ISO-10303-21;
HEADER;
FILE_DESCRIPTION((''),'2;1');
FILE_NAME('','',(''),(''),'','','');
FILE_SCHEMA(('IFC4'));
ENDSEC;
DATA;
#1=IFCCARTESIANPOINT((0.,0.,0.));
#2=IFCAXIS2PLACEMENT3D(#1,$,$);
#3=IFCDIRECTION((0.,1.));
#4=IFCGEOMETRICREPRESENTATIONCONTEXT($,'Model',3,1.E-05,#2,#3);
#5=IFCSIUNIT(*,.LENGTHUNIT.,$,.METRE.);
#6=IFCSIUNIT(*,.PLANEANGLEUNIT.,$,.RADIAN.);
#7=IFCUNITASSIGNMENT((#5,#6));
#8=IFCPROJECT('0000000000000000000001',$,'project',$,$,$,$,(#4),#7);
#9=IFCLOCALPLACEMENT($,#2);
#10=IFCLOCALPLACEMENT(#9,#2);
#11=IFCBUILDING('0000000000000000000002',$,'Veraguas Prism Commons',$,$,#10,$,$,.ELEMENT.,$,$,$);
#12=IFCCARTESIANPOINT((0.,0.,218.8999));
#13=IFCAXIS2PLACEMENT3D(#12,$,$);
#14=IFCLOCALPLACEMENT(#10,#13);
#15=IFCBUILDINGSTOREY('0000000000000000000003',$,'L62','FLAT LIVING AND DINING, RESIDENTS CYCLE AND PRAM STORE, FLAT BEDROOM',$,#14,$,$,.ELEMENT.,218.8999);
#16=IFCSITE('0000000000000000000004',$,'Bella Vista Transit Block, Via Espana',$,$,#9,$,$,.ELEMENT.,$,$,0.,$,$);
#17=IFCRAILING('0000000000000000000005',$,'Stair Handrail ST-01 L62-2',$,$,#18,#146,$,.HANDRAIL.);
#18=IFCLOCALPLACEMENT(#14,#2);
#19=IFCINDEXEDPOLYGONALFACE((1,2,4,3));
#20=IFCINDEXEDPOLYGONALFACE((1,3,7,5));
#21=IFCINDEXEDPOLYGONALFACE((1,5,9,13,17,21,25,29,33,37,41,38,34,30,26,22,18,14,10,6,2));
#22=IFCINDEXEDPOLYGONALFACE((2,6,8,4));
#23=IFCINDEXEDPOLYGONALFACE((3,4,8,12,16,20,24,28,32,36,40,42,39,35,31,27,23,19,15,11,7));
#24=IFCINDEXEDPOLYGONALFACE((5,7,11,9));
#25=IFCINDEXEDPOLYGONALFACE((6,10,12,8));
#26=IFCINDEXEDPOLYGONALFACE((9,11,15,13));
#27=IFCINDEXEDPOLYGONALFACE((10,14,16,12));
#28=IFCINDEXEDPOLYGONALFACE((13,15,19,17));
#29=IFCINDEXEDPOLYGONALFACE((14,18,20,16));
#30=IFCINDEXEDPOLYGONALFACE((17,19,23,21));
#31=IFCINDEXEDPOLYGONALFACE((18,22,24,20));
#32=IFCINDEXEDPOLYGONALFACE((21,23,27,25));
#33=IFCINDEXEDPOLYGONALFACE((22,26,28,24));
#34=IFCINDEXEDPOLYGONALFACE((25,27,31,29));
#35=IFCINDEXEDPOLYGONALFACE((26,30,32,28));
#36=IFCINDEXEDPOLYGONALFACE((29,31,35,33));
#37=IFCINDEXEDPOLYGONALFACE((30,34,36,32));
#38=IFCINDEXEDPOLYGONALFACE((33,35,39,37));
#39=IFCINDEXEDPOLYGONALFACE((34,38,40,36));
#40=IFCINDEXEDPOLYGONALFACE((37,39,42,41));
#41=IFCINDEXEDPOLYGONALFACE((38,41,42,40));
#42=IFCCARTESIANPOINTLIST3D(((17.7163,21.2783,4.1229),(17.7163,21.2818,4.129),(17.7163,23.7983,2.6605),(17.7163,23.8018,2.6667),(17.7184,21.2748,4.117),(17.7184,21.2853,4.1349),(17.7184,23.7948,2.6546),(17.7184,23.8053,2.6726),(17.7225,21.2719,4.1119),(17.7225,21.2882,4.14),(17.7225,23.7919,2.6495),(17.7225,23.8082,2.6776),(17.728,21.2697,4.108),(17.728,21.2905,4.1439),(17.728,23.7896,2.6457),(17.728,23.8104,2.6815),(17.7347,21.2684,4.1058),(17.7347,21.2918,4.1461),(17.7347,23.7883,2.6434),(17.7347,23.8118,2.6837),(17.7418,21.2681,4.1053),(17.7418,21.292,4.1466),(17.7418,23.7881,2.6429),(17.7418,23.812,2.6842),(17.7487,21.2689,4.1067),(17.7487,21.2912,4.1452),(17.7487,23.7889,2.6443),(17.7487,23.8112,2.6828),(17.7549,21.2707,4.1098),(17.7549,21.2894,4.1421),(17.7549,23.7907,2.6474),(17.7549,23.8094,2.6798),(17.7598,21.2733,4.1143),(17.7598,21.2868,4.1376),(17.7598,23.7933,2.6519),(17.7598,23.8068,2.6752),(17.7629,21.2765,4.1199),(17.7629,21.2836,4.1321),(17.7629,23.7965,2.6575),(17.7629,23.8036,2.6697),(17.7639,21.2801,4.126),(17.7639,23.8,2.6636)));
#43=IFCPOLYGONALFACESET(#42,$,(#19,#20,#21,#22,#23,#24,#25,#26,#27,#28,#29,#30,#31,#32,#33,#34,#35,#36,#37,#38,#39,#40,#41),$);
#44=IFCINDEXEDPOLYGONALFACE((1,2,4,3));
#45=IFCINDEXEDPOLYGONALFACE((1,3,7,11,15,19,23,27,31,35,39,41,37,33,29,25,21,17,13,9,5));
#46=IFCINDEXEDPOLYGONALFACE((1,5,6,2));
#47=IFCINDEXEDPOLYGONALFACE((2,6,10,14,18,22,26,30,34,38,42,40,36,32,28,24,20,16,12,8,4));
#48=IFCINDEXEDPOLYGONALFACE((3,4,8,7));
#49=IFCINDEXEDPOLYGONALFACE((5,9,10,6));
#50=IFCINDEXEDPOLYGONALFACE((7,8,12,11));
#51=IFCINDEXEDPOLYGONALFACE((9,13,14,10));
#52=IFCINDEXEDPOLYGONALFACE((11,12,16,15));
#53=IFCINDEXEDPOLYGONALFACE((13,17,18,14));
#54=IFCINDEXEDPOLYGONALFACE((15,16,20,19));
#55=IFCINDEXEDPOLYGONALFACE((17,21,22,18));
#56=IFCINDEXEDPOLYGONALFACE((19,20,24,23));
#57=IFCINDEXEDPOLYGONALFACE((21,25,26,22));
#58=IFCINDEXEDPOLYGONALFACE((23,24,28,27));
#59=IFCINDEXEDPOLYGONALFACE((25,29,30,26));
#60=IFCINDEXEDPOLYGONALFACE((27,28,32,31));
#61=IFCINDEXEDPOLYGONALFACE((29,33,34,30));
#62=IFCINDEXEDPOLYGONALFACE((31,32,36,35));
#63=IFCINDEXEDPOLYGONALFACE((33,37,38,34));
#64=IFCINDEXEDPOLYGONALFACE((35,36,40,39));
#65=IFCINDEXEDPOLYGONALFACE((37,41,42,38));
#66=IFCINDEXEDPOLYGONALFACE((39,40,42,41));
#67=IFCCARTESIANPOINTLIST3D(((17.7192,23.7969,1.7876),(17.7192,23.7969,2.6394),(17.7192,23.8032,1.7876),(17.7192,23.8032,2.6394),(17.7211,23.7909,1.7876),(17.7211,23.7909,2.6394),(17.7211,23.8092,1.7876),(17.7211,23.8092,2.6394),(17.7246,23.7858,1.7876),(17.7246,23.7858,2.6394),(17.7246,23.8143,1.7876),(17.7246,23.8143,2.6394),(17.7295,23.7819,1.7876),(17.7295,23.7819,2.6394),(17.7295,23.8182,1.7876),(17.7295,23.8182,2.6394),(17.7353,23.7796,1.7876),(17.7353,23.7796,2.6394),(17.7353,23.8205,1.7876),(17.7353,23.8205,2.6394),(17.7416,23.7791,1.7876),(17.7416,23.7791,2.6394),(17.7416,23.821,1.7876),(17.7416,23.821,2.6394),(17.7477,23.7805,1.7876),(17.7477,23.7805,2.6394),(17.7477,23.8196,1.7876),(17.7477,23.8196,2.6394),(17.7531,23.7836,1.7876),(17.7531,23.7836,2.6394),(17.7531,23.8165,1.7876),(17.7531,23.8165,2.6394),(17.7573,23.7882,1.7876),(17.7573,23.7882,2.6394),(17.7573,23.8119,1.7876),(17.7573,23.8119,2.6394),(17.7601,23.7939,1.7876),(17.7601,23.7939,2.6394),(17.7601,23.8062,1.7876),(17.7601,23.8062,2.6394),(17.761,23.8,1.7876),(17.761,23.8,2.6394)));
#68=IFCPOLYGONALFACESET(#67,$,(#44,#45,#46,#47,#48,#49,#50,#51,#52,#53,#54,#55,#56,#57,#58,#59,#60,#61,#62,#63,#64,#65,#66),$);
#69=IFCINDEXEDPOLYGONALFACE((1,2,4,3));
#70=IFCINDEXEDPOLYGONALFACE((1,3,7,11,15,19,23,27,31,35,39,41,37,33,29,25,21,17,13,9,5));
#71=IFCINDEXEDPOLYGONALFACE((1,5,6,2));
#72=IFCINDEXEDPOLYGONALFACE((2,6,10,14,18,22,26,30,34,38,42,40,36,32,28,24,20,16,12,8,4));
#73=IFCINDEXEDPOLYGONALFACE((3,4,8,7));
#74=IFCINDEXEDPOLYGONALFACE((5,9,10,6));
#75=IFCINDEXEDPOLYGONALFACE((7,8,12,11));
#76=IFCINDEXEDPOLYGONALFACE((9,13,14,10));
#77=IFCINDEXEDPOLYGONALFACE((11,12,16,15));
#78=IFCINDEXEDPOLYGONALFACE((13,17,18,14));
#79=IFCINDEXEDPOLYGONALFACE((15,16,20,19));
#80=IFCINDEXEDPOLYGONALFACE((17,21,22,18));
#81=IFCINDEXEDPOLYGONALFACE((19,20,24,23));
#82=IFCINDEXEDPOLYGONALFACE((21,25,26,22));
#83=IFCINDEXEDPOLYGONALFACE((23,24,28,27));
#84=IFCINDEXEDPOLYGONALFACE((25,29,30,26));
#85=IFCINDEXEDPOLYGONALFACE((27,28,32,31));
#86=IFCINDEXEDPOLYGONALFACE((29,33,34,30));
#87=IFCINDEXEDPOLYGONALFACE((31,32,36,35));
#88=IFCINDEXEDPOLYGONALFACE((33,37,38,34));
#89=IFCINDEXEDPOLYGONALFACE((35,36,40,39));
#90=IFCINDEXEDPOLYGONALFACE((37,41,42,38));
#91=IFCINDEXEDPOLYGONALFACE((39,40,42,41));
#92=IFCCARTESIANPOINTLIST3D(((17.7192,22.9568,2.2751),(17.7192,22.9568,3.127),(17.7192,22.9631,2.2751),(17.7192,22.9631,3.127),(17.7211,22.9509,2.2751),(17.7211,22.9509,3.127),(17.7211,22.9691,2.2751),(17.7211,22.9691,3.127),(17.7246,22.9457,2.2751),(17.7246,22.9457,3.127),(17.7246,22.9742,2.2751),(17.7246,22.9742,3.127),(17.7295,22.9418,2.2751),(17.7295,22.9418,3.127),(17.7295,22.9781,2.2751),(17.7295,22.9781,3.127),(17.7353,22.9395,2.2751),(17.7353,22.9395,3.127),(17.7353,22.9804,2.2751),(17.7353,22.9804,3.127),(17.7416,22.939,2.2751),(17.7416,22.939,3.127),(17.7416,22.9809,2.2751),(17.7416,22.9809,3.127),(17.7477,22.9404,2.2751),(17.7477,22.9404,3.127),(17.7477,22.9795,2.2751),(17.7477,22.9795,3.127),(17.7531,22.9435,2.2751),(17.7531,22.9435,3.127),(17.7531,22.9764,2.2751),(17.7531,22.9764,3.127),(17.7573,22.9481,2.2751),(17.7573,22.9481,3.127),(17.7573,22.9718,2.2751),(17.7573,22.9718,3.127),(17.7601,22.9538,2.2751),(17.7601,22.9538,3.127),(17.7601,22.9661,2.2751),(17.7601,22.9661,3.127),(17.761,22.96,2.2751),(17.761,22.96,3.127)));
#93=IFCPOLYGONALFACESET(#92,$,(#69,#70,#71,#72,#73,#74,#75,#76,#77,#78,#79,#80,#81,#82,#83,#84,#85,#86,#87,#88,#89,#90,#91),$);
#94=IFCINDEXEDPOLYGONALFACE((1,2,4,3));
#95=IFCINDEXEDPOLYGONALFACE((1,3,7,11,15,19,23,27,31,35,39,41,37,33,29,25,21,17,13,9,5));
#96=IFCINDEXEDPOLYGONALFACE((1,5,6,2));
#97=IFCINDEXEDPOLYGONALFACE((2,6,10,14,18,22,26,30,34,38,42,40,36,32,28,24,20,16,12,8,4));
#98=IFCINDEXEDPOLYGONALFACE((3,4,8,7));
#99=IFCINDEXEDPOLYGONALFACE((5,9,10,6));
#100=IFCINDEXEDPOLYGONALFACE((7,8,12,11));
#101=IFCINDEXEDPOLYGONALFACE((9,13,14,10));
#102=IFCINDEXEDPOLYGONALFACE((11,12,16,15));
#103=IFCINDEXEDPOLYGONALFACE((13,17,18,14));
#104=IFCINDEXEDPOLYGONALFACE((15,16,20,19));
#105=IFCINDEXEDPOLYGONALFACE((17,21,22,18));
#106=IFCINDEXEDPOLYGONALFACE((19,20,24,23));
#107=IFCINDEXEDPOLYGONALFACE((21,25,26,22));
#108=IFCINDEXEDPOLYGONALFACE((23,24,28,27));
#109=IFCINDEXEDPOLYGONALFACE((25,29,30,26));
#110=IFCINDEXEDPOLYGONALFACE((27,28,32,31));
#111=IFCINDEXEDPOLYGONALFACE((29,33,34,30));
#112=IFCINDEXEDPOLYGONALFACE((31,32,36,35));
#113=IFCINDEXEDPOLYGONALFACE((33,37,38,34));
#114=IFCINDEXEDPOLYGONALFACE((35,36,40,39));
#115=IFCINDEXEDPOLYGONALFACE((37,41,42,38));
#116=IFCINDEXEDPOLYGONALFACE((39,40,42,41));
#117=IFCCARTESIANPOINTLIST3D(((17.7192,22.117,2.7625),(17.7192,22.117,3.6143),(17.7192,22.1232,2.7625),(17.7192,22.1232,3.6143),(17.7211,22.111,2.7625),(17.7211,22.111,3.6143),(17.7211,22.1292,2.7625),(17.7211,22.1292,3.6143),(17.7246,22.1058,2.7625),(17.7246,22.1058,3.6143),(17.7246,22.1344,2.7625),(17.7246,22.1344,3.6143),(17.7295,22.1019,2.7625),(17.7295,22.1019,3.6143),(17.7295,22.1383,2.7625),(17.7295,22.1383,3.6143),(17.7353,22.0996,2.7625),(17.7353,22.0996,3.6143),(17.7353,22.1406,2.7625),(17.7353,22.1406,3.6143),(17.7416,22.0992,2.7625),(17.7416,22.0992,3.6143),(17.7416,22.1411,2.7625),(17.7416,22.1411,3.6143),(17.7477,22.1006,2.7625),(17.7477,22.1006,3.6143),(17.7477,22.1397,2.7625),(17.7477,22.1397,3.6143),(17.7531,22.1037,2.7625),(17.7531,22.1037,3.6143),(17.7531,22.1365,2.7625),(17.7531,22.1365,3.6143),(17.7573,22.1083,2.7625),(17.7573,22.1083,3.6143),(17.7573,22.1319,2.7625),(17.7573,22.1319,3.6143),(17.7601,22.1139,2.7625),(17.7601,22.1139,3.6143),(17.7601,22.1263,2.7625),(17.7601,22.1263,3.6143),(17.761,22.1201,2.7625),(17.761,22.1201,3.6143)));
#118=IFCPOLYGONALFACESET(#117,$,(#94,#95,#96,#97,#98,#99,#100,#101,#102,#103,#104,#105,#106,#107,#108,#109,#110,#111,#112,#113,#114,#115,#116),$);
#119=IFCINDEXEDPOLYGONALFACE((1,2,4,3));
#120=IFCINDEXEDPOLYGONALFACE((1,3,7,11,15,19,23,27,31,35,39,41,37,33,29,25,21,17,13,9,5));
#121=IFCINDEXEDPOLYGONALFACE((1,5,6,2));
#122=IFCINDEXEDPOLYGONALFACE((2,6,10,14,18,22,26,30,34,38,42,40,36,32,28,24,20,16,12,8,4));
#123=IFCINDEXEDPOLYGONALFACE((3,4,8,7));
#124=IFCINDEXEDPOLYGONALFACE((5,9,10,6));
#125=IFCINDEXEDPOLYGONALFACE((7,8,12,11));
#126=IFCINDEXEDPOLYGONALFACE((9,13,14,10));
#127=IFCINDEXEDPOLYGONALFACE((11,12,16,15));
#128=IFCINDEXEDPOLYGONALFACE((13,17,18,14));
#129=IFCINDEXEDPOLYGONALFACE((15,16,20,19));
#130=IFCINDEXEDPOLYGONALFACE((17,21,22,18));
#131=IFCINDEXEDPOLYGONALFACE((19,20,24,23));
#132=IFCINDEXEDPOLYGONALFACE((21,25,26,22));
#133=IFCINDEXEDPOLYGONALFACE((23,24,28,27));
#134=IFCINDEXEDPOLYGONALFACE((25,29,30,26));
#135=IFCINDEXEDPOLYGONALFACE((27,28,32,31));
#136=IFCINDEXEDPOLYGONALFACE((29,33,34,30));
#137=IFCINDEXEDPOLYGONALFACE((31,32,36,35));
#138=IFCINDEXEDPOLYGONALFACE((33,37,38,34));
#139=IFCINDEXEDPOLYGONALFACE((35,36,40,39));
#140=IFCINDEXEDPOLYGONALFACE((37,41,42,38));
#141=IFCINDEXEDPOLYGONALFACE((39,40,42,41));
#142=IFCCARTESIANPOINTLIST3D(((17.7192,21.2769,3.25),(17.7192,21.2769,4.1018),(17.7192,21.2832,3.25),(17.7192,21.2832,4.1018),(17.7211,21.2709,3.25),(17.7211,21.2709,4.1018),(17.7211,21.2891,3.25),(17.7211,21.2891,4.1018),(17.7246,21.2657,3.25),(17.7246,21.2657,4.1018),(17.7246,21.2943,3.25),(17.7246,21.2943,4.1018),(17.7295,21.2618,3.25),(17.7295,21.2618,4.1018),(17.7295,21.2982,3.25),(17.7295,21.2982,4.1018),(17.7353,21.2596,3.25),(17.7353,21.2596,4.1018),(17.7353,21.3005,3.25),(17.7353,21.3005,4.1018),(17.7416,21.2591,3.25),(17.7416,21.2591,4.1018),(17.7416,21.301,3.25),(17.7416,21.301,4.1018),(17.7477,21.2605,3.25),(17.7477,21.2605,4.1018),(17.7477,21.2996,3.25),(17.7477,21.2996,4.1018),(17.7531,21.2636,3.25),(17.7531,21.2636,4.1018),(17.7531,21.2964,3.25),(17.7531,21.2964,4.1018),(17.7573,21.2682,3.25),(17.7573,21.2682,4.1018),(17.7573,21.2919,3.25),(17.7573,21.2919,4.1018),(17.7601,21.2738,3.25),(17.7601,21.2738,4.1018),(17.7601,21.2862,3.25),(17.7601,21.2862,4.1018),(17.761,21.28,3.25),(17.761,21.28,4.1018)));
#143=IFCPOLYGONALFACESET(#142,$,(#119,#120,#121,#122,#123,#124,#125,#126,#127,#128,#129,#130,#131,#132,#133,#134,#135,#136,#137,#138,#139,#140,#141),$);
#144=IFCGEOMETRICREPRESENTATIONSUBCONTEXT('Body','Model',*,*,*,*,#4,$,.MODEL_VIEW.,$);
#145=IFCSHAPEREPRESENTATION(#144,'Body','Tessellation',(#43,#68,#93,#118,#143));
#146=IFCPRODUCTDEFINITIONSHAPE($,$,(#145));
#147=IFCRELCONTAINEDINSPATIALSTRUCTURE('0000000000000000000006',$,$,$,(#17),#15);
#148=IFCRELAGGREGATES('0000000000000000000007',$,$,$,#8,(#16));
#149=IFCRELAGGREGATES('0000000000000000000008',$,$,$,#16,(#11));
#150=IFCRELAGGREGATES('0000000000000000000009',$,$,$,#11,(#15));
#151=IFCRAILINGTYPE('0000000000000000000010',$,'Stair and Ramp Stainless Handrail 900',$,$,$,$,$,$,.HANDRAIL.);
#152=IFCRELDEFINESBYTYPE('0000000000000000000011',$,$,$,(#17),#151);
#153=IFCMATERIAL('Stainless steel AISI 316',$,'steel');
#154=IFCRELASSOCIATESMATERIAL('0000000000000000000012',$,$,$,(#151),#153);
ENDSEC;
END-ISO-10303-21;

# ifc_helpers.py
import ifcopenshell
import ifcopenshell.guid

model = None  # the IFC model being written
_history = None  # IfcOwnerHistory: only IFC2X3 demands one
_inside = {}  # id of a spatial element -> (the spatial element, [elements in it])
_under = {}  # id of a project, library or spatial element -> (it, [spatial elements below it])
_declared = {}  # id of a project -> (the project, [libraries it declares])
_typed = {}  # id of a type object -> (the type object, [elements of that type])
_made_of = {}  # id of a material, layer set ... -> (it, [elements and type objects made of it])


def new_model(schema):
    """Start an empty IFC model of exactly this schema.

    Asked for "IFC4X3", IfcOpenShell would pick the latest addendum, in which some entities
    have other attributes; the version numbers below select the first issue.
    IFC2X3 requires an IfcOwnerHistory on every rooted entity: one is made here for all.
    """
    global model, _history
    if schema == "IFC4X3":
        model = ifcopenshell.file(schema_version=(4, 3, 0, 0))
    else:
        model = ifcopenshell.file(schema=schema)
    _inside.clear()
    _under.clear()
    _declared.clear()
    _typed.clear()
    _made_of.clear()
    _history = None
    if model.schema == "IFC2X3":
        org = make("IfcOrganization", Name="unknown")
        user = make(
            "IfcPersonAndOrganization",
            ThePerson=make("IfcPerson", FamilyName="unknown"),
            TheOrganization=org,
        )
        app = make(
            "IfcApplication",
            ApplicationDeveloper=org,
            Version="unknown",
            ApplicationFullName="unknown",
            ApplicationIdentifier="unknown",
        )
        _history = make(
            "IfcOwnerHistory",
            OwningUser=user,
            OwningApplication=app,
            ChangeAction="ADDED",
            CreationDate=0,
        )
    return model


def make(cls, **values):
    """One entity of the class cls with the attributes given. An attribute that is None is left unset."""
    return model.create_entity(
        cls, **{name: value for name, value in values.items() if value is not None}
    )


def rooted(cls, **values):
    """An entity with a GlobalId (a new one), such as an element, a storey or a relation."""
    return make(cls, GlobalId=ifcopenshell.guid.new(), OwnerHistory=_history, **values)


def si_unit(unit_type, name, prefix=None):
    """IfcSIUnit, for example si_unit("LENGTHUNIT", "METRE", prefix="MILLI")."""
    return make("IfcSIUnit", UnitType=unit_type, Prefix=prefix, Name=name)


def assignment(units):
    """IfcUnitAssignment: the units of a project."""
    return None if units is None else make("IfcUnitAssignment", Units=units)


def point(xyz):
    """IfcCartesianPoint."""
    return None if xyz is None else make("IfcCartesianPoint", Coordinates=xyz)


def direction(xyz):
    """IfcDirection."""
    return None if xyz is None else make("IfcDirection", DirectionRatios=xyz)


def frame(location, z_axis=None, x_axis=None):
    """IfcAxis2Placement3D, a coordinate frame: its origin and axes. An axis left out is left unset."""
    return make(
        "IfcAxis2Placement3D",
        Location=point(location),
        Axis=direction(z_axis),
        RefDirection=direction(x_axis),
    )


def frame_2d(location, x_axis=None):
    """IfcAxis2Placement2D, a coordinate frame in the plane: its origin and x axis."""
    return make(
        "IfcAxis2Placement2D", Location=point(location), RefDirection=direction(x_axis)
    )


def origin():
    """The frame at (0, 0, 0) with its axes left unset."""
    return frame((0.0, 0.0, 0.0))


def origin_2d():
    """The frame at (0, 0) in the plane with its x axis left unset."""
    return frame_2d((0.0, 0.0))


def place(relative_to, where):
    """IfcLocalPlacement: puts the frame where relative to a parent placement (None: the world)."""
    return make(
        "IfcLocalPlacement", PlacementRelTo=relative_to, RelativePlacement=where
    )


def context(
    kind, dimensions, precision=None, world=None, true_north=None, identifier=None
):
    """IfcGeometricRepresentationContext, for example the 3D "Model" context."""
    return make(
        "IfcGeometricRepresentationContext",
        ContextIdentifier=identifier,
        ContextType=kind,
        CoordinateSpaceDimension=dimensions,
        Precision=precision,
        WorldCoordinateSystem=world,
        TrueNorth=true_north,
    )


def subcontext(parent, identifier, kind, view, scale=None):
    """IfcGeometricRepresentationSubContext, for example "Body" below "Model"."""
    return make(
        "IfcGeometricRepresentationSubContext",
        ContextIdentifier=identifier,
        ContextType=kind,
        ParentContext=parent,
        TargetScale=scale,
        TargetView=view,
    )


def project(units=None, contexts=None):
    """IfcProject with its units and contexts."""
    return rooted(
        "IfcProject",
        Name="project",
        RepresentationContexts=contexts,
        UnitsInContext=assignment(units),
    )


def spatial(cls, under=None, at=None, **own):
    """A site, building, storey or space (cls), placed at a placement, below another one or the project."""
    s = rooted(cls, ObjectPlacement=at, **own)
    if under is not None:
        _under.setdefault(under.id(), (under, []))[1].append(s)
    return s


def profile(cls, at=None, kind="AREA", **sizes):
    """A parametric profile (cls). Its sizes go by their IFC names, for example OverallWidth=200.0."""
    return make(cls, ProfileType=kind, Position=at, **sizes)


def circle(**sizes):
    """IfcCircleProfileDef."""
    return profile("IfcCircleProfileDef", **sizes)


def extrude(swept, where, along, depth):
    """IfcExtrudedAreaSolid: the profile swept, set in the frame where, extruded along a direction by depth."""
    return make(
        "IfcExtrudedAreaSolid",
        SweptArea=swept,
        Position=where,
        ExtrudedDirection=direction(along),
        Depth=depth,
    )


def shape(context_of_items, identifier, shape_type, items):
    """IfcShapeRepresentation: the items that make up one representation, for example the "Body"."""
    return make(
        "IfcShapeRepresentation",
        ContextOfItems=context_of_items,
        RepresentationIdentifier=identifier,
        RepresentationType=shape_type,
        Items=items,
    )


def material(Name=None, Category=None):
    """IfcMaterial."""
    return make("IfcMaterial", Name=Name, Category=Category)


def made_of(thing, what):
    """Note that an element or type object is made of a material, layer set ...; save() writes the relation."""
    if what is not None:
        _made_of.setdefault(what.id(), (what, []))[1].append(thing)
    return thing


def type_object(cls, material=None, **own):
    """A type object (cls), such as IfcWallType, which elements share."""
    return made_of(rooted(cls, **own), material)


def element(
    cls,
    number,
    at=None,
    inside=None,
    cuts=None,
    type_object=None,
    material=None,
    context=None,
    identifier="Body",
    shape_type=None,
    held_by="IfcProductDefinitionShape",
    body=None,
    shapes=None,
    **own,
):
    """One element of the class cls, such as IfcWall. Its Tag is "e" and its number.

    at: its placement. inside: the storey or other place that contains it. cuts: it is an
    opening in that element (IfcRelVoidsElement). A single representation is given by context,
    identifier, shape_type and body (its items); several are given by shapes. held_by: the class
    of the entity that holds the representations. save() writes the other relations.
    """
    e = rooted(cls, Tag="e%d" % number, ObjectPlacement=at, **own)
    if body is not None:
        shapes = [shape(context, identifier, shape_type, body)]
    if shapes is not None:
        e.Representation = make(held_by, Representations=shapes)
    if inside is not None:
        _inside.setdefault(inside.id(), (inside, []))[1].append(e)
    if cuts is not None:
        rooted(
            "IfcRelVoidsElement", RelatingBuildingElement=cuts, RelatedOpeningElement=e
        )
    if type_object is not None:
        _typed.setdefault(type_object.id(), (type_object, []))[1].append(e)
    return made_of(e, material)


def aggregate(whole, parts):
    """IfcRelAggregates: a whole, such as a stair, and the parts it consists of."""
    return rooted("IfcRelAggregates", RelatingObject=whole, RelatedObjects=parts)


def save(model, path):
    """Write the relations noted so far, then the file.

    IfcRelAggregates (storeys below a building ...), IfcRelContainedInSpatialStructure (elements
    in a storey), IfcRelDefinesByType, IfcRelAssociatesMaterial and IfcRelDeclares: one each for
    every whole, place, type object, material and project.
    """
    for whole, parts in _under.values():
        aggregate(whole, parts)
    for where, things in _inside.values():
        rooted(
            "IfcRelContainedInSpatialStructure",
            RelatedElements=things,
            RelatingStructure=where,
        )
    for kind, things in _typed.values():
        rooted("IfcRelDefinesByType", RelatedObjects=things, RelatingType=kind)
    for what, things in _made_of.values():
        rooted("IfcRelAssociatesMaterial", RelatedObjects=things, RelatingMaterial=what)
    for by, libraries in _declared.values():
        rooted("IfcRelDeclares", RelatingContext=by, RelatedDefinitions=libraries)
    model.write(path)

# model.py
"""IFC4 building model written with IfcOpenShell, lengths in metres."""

from ifc_helpers import new_model, si_unit, direction, frame, origin, origin_2d, place, context, subcontext, project, spatial, circle, extrude, material, type_object, element, save


model = new_model("IFC4")

# Units and contexts
model_context = context("Model", 3, precision=1e-05, world=origin(), true_north=direction((0.0, 1.0)))
body_context = subcontext(model_context, "Body", "Model", "MODEL_VIEW")
ifc_project = project(units=[si_unit("LENGTHUNIT", "METRE"), si_unit("PLANEANGLEUNIT", "RADIAN")], contexts=[model_context])

# Site, building, storey
site_placement = place(None, origin())
site = spatial("IfcSite", under=ifc_project, at=site_placement, Name="Bella Vista Transit Block, Via Espana", CompositionType="ELEMENT", RefElevation=0.0)
building_placement = place(site_placement, origin())
building = spatial("IfcBuilding", under=site, at=building_placement, Name="Veraguas Prism Commons", CompositionType="ELEMENT")
storey_placement = place(building_placement, frame((0.0, 0.0, 218.8999)))
storey = spatial("IfcBuildingStorey", under=building, at=storey_placement, Name="L62", Description="FLAT LIVING AND DINING, RESIDENTS CYCLE AND PRAM STORE, FLAT BEDROOM", CompositionType="ELEMENT", Elevation=218.8999)

# Shared definitions
ifc_material_1 = material(Name="Stainless steel AISI 316", Category="steel")

# Railing
railing_type_1 = type_object("IfcRailingType", Name="Stair and Ramp Stainless Handrail 900", PredefinedType="HANDRAIL", material=ifc_material_1)
railing_1_placement = place(storey_placement, frame((17.74, 23.8, 1.7876)))
element("IfcRailing", 1, at=railing_1_placement, inside=storey, type_object=railing_type_1, Name="Stair Handrail ST-01 L62-2", PredefinedType="HANDRAIL", context=body_context, shape_type="SweptSolid", body=[
    extrude(circle(Radius=0.0239, at=origin_2d()), frame((0.0, 0.0, 0.876), z_axis=(0.0, -0.864913, 0.501921), x_axis=(1.0, 0.0, 0.0)), (0.0, 0.0, 1.0), 2.9136),
    extrude(circle(Radius=0.021, at=origin_2d()), origin(), (0.0, 0.0, 1.0), 0.8518),
    extrude(circle(Radius=0.021, at=origin_2d()), frame((0.0, -0.8401, 0.4875)), (0.0, 0.0, 1.0), 0.8518),
    extrude(circle(Radius=0.021, at=origin_2d()), frame((0.0, -1.6799, 0.9749)), (0.0, 0.0, 1.0), 0.8518),
    extrude(circle(Radius=0.021, at=origin_2d()), frame((0.0, -2.52, 1.4624)), (0.0, 0.0, 1.0), 0.8518),
])

save(model, "model.ifc")
